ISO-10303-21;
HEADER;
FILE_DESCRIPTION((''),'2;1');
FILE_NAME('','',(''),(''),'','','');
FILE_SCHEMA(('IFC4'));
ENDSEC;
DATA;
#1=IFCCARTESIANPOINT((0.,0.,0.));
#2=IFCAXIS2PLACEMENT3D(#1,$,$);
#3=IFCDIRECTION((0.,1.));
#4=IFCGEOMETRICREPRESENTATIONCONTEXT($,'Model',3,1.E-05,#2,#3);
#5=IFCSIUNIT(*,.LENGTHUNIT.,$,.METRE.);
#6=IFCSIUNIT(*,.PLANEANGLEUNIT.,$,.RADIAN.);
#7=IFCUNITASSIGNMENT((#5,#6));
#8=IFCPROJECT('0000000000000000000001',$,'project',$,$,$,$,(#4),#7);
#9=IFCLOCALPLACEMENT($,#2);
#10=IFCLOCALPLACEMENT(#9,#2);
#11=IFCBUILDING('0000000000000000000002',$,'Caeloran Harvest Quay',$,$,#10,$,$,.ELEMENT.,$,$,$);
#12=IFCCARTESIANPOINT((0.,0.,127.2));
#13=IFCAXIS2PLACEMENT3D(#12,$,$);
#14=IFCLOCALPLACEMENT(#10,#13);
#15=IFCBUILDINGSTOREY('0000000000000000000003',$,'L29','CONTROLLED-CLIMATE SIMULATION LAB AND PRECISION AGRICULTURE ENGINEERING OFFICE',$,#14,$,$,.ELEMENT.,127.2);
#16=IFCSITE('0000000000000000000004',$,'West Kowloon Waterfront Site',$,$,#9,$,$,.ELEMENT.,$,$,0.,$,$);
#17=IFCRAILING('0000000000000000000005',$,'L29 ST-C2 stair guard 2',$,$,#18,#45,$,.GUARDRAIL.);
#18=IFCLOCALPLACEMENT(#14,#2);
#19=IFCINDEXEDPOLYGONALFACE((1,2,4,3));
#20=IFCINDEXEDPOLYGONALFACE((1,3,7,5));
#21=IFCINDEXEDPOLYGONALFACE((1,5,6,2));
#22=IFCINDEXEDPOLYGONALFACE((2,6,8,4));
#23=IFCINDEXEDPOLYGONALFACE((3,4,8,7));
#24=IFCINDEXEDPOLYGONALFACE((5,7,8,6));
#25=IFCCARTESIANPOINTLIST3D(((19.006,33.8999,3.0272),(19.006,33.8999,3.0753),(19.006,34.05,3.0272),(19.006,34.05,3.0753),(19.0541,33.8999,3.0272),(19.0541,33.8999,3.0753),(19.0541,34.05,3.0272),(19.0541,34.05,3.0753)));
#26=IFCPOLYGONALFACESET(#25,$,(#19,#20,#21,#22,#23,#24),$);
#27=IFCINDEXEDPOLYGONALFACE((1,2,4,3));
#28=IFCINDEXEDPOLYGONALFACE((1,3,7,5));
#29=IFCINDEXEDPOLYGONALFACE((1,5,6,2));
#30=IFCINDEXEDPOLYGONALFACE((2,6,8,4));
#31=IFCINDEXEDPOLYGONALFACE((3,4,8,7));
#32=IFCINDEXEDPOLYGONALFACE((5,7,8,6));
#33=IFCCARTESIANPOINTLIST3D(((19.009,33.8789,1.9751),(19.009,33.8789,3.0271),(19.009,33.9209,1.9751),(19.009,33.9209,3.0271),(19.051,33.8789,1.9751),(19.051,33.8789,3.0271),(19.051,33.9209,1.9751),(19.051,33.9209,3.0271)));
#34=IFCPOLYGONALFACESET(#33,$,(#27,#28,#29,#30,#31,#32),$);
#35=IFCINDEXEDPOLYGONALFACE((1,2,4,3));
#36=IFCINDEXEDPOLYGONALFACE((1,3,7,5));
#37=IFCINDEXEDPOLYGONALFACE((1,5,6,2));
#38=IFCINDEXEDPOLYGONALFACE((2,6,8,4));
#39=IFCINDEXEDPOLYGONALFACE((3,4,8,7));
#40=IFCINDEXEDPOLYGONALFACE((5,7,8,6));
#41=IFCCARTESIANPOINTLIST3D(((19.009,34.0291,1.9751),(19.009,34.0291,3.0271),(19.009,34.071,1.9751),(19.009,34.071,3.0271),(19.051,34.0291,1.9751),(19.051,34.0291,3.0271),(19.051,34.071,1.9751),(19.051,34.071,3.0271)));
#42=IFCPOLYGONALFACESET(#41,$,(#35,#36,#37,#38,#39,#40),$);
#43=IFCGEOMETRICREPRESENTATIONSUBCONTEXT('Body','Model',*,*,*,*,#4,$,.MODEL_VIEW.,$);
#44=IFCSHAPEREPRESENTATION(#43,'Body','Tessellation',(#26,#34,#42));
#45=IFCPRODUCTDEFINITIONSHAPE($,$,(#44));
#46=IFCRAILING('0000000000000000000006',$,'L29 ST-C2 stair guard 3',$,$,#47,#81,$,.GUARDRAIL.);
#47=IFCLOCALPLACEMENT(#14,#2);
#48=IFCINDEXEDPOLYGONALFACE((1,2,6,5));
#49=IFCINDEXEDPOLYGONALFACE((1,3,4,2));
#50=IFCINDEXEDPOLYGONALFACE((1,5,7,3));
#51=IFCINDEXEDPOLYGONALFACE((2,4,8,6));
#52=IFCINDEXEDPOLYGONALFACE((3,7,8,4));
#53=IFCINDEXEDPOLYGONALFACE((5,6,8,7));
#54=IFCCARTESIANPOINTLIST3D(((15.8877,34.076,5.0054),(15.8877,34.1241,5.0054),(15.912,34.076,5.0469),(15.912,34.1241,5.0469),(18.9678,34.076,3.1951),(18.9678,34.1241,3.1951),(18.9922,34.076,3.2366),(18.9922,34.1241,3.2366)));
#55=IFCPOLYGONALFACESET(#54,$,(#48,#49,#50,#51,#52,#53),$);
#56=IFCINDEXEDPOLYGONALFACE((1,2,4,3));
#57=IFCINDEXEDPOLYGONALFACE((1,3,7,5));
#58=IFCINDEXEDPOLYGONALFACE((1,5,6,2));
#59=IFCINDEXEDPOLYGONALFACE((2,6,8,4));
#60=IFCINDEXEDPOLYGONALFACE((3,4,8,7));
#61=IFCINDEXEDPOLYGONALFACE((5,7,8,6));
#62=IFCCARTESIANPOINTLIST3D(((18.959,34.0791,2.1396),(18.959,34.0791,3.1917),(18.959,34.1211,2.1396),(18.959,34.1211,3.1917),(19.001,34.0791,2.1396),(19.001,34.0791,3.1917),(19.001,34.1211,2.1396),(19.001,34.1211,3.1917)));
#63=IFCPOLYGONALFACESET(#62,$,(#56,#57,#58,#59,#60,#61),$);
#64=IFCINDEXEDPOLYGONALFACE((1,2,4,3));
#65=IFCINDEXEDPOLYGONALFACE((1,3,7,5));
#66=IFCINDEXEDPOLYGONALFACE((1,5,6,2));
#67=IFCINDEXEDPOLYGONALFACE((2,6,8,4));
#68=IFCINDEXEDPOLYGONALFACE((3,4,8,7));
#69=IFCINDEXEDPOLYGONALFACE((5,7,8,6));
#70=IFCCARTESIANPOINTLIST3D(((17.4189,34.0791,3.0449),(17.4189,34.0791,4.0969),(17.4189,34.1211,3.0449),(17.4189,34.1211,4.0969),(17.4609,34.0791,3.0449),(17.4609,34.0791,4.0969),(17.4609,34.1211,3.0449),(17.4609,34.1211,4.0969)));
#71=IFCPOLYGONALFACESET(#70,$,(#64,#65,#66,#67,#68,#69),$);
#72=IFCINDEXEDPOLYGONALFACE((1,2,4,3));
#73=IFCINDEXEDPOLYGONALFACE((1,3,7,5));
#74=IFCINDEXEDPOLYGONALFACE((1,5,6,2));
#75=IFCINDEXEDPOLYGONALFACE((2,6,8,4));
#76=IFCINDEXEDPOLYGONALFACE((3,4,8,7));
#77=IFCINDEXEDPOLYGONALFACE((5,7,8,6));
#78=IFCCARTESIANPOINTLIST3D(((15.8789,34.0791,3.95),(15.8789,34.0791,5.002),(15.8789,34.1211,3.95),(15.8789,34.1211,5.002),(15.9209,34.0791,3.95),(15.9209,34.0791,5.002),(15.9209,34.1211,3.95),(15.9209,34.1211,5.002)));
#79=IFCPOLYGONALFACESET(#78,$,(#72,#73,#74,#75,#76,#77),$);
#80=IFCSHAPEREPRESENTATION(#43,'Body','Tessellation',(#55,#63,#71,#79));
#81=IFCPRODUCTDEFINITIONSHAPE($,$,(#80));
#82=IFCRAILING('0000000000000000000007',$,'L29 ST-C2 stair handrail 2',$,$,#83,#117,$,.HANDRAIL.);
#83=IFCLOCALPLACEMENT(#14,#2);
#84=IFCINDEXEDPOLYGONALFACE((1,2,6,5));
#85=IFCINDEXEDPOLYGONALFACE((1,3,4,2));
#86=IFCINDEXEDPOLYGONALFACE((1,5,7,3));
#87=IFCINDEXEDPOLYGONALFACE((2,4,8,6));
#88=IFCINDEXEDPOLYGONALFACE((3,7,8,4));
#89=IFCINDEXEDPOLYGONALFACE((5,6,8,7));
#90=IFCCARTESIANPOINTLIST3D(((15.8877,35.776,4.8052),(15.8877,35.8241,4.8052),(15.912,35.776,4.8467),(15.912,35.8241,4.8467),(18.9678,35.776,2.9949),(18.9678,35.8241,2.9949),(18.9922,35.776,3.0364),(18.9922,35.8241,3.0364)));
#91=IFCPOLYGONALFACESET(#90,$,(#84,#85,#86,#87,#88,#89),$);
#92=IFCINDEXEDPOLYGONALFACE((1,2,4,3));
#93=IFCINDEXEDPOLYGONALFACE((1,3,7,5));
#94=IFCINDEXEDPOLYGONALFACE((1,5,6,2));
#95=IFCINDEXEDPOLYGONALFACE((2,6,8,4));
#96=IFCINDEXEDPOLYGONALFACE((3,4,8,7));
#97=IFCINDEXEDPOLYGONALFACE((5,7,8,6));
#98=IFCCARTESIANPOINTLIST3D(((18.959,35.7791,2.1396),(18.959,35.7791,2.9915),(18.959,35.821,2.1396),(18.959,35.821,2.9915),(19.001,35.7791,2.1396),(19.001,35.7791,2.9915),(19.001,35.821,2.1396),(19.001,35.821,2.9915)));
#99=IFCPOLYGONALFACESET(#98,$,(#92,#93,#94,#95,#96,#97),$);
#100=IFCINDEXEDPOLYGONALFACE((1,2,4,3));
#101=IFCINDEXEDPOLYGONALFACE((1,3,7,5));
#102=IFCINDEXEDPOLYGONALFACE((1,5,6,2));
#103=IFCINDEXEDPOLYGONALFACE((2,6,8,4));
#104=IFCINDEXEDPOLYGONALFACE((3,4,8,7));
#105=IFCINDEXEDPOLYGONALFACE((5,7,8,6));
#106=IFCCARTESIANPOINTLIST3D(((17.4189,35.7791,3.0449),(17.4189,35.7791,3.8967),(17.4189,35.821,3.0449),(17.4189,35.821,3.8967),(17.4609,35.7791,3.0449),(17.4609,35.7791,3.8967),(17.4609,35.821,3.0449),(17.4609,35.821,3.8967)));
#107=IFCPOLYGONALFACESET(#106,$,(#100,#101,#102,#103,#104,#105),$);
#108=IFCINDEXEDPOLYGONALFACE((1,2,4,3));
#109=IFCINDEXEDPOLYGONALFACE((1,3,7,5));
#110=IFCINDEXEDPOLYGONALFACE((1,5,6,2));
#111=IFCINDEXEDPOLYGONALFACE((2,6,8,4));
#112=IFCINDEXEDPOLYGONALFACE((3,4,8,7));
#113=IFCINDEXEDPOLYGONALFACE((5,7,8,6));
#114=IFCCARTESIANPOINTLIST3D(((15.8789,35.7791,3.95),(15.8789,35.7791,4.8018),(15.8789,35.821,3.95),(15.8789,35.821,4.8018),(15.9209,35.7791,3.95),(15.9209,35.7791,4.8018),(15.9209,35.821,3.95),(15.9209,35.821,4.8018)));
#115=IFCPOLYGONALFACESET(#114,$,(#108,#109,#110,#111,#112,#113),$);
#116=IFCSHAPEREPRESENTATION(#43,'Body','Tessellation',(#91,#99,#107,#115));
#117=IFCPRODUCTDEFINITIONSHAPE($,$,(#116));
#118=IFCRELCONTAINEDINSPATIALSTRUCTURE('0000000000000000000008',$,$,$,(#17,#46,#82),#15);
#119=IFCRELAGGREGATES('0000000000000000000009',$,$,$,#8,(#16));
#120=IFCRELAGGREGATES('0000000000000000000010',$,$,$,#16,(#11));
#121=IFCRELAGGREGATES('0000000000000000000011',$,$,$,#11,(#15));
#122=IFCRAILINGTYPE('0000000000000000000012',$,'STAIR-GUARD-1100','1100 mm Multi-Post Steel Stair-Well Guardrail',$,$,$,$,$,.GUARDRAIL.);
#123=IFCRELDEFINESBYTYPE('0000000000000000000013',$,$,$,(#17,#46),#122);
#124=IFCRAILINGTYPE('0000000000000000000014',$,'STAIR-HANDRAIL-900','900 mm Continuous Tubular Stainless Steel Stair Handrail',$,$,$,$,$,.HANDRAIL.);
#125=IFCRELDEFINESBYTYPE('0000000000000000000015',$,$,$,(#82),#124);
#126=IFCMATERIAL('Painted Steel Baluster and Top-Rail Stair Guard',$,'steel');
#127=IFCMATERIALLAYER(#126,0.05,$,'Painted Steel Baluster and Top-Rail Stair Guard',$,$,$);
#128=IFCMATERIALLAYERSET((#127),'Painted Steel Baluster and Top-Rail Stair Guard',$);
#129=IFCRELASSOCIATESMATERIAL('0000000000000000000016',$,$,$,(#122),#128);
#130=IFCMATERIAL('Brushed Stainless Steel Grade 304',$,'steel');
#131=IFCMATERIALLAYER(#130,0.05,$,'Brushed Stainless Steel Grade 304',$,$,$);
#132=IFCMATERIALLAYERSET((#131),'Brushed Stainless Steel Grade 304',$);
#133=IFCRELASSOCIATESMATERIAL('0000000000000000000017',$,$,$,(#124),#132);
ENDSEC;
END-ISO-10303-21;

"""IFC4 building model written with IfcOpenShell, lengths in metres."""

from ifc_helpers import new_model, si_unit, direction, frame, origin, origin_2d, place, context, subcontext, project, spatial, rectangle, extrude, material, layer, layer_set, type_object, element, save


model = new_model("IFC4")

# Units and contexts
model_context = context("Model", 3, precision=1e-05, world=origin(), true_north=direction((0.0, 1.0)))
body_context = subcontext(model_context, "Body", "Model", "MODEL_VIEW")
ifc_project = project(units=[si_unit("LENGTHUNIT", "METRE"), si_unit("PLANEANGLEUNIT", "RADIAN")], contexts=[model_context])

# Site, building, storey
site_placement = place(None, origin())
site = spatial("IfcSite", under=ifc_project, at=site_placement, Name="West Kowloon Waterfront Site", CompositionType="ELEMENT", RefElevation=0.0)
building_placement = place(site_placement, origin())
building = spatial("IfcBuilding", under=site, at=building_placement, Name="Caeloran Harvest Quay", CompositionType="ELEMENT")
storey_placement = place(building_placement, frame((0.0, 0.0, 127.2)))
storey = spatial("IfcBuildingStorey", under=building, at=storey_placement, Name="L29", Description="CONTROLLED-CLIMATE SIMULATION LAB AND PRECISION AGRICULTURE ENGINEERING OFFICE", CompositionType="ELEMENT", Elevation=127.2)

# Railings
ifc_material_1 = material(Name="Painted Steel Baluster and Top-Rail Stair Guard", Category="steel")
ifc_layer_1 = layer(ifc_material_1, 0.05, Name="Painted Steel Baluster and Top-Rail Stair Guard")
ifc_layer_set_1 = layer_set([ifc_layer_1], Name="Painted Steel Baluster and Top-Rail Stair Guard")
railing_type_1 = type_object("IfcRailingType", Name="STAIR-GUARD-1100", Description="1100 mm Multi-Post Steel Stair-Well Guardrail", PredefinedType="GUARDRAIL", material=ifc_layer_set_1)
railing_1_placement = place(storey_placement, frame((19.03, 33.8999, 1.9751)))
element("IfcRailing", 1, at=railing_1_placement, inside=storey, type_object=railing_type_1, Name="L29 ST-C2 stair guard 2", PredefinedType="GUARDRAIL", context=body_context, shape_type="SweptSolid", body=[
    extrude(rectangle(XDim=0.0481, YDim=0.0481, at=origin_2d()), frame((0.0, 0.0, 1.0762), z_axis=(0.0, 1.0, 0.0), x_axis=(-1.0, 0.0, 0.0)), (0.0, 0.0, 1.0), 0.1501),
    extrude(rectangle(XDim=0.042, YDim=0.042, at=origin_2d()), origin(), (0.0, 0.0, 1.0), 1.052),
    extrude(rectangle(XDim=0.042, YDim=0.042, at=origin_2d()), frame((0.0, 0.1501, 0.0)), (0.0, 0.0, 1.0), 1.052),
])
railing_2_placement = place(storey_placement, frame((18.98, 34.1001, 2.1396)))
element("IfcRailing", 2, at=railing_2_placement, inside=storey, type_object=railing_type_1, Name="L29 ST-C2 stair guard 3", PredefinedType="GUARDRAIL", context=body_context, shape_type="SweptSolid", body=[
    extrude(rectangle(XDim=0.0481, YDim=0.0481, at=origin_2d()), frame((0.0, 0.0, 1.0762), z_axis=(-0.862119, 0.0, 0.506707), x_axis=(0.0, -1.0, 0.0)), (0.0, 0.0, 1.0), 3.5728),
    extrude(rectangle(XDim=0.042, YDim=0.042, at=origin_2d()), origin(), (0.0, 0.0, 1.0), 1.052),
    extrude(rectangle(XDim=0.042, YDim=0.042, at=origin_2d()), frame((-1.54, 0.0, 0.9053)), (0.0, 0.0, 1.0), 1.052),
    extrude(rectangle(XDim=0.042, YDim=0.042, at=origin_2d()), frame((-3.0801, 0.0, 1.8103)), (0.0, 0.0, 1.0), 1.052),
])
ifc_material_2 = material(Name="Brushed Stainless Steel Grade 304", Category="steel")
ifc_layer_2 = layer(ifc_material_2, 0.05, Name="Brushed Stainless Steel Grade 304")
ifc_layer_set_2 = layer_set([ifc_layer_2], Name="Brushed Stainless Steel Grade 304")
railing_type_2 = type_object("IfcRailingType", Name="STAIR-HANDRAIL-900", Description="900 mm Continuous Tubular Stainless Steel Stair Handrail", PredefinedType="HANDRAIL", material=ifc_layer_set_2)
railing_3_placement = place(storey_placement, frame((18.98, 35.8, 2.1396)))
element("IfcRailing", 3, at=railing_3_placement, inside=storey, type_object=railing_type_2, Name="L29 ST-C2 stair handrail 2", PredefinedType="HANDRAIL", context=body_context, shape_type="SweptSolid", body=[
    extrude(rectangle(XDim=0.0481, YDim=0.0481, at=origin_2d()), frame((0.0, 0.0, 0.876), z_axis=(-0.862119, 0.0, 0.506707), x_axis=(0.0, -1.0, 0.0)), (0.0, 0.0, 1.0), 3.5728),
    extrude(rectangle(XDim=0.042, YDim=0.042, at=origin_2d()), origin(), (0.0, 0.0, 1.0), 0.8518),
    extrude(rectangle(XDim=0.042, YDim=0.042, at=origin_2d()), frame((-1.54, 0.0, 0.9053)), (0.0, 0.0, 1.0), 0.8518),
    extrude(rectangle(XDim=0.042, YDim=0.042, at=origin_2d()), frame((-3.0801, 0.0, 1.8103)), (0.0, 0.0, 1.0), 0.8518),
])

save(model, "model.ifc")
